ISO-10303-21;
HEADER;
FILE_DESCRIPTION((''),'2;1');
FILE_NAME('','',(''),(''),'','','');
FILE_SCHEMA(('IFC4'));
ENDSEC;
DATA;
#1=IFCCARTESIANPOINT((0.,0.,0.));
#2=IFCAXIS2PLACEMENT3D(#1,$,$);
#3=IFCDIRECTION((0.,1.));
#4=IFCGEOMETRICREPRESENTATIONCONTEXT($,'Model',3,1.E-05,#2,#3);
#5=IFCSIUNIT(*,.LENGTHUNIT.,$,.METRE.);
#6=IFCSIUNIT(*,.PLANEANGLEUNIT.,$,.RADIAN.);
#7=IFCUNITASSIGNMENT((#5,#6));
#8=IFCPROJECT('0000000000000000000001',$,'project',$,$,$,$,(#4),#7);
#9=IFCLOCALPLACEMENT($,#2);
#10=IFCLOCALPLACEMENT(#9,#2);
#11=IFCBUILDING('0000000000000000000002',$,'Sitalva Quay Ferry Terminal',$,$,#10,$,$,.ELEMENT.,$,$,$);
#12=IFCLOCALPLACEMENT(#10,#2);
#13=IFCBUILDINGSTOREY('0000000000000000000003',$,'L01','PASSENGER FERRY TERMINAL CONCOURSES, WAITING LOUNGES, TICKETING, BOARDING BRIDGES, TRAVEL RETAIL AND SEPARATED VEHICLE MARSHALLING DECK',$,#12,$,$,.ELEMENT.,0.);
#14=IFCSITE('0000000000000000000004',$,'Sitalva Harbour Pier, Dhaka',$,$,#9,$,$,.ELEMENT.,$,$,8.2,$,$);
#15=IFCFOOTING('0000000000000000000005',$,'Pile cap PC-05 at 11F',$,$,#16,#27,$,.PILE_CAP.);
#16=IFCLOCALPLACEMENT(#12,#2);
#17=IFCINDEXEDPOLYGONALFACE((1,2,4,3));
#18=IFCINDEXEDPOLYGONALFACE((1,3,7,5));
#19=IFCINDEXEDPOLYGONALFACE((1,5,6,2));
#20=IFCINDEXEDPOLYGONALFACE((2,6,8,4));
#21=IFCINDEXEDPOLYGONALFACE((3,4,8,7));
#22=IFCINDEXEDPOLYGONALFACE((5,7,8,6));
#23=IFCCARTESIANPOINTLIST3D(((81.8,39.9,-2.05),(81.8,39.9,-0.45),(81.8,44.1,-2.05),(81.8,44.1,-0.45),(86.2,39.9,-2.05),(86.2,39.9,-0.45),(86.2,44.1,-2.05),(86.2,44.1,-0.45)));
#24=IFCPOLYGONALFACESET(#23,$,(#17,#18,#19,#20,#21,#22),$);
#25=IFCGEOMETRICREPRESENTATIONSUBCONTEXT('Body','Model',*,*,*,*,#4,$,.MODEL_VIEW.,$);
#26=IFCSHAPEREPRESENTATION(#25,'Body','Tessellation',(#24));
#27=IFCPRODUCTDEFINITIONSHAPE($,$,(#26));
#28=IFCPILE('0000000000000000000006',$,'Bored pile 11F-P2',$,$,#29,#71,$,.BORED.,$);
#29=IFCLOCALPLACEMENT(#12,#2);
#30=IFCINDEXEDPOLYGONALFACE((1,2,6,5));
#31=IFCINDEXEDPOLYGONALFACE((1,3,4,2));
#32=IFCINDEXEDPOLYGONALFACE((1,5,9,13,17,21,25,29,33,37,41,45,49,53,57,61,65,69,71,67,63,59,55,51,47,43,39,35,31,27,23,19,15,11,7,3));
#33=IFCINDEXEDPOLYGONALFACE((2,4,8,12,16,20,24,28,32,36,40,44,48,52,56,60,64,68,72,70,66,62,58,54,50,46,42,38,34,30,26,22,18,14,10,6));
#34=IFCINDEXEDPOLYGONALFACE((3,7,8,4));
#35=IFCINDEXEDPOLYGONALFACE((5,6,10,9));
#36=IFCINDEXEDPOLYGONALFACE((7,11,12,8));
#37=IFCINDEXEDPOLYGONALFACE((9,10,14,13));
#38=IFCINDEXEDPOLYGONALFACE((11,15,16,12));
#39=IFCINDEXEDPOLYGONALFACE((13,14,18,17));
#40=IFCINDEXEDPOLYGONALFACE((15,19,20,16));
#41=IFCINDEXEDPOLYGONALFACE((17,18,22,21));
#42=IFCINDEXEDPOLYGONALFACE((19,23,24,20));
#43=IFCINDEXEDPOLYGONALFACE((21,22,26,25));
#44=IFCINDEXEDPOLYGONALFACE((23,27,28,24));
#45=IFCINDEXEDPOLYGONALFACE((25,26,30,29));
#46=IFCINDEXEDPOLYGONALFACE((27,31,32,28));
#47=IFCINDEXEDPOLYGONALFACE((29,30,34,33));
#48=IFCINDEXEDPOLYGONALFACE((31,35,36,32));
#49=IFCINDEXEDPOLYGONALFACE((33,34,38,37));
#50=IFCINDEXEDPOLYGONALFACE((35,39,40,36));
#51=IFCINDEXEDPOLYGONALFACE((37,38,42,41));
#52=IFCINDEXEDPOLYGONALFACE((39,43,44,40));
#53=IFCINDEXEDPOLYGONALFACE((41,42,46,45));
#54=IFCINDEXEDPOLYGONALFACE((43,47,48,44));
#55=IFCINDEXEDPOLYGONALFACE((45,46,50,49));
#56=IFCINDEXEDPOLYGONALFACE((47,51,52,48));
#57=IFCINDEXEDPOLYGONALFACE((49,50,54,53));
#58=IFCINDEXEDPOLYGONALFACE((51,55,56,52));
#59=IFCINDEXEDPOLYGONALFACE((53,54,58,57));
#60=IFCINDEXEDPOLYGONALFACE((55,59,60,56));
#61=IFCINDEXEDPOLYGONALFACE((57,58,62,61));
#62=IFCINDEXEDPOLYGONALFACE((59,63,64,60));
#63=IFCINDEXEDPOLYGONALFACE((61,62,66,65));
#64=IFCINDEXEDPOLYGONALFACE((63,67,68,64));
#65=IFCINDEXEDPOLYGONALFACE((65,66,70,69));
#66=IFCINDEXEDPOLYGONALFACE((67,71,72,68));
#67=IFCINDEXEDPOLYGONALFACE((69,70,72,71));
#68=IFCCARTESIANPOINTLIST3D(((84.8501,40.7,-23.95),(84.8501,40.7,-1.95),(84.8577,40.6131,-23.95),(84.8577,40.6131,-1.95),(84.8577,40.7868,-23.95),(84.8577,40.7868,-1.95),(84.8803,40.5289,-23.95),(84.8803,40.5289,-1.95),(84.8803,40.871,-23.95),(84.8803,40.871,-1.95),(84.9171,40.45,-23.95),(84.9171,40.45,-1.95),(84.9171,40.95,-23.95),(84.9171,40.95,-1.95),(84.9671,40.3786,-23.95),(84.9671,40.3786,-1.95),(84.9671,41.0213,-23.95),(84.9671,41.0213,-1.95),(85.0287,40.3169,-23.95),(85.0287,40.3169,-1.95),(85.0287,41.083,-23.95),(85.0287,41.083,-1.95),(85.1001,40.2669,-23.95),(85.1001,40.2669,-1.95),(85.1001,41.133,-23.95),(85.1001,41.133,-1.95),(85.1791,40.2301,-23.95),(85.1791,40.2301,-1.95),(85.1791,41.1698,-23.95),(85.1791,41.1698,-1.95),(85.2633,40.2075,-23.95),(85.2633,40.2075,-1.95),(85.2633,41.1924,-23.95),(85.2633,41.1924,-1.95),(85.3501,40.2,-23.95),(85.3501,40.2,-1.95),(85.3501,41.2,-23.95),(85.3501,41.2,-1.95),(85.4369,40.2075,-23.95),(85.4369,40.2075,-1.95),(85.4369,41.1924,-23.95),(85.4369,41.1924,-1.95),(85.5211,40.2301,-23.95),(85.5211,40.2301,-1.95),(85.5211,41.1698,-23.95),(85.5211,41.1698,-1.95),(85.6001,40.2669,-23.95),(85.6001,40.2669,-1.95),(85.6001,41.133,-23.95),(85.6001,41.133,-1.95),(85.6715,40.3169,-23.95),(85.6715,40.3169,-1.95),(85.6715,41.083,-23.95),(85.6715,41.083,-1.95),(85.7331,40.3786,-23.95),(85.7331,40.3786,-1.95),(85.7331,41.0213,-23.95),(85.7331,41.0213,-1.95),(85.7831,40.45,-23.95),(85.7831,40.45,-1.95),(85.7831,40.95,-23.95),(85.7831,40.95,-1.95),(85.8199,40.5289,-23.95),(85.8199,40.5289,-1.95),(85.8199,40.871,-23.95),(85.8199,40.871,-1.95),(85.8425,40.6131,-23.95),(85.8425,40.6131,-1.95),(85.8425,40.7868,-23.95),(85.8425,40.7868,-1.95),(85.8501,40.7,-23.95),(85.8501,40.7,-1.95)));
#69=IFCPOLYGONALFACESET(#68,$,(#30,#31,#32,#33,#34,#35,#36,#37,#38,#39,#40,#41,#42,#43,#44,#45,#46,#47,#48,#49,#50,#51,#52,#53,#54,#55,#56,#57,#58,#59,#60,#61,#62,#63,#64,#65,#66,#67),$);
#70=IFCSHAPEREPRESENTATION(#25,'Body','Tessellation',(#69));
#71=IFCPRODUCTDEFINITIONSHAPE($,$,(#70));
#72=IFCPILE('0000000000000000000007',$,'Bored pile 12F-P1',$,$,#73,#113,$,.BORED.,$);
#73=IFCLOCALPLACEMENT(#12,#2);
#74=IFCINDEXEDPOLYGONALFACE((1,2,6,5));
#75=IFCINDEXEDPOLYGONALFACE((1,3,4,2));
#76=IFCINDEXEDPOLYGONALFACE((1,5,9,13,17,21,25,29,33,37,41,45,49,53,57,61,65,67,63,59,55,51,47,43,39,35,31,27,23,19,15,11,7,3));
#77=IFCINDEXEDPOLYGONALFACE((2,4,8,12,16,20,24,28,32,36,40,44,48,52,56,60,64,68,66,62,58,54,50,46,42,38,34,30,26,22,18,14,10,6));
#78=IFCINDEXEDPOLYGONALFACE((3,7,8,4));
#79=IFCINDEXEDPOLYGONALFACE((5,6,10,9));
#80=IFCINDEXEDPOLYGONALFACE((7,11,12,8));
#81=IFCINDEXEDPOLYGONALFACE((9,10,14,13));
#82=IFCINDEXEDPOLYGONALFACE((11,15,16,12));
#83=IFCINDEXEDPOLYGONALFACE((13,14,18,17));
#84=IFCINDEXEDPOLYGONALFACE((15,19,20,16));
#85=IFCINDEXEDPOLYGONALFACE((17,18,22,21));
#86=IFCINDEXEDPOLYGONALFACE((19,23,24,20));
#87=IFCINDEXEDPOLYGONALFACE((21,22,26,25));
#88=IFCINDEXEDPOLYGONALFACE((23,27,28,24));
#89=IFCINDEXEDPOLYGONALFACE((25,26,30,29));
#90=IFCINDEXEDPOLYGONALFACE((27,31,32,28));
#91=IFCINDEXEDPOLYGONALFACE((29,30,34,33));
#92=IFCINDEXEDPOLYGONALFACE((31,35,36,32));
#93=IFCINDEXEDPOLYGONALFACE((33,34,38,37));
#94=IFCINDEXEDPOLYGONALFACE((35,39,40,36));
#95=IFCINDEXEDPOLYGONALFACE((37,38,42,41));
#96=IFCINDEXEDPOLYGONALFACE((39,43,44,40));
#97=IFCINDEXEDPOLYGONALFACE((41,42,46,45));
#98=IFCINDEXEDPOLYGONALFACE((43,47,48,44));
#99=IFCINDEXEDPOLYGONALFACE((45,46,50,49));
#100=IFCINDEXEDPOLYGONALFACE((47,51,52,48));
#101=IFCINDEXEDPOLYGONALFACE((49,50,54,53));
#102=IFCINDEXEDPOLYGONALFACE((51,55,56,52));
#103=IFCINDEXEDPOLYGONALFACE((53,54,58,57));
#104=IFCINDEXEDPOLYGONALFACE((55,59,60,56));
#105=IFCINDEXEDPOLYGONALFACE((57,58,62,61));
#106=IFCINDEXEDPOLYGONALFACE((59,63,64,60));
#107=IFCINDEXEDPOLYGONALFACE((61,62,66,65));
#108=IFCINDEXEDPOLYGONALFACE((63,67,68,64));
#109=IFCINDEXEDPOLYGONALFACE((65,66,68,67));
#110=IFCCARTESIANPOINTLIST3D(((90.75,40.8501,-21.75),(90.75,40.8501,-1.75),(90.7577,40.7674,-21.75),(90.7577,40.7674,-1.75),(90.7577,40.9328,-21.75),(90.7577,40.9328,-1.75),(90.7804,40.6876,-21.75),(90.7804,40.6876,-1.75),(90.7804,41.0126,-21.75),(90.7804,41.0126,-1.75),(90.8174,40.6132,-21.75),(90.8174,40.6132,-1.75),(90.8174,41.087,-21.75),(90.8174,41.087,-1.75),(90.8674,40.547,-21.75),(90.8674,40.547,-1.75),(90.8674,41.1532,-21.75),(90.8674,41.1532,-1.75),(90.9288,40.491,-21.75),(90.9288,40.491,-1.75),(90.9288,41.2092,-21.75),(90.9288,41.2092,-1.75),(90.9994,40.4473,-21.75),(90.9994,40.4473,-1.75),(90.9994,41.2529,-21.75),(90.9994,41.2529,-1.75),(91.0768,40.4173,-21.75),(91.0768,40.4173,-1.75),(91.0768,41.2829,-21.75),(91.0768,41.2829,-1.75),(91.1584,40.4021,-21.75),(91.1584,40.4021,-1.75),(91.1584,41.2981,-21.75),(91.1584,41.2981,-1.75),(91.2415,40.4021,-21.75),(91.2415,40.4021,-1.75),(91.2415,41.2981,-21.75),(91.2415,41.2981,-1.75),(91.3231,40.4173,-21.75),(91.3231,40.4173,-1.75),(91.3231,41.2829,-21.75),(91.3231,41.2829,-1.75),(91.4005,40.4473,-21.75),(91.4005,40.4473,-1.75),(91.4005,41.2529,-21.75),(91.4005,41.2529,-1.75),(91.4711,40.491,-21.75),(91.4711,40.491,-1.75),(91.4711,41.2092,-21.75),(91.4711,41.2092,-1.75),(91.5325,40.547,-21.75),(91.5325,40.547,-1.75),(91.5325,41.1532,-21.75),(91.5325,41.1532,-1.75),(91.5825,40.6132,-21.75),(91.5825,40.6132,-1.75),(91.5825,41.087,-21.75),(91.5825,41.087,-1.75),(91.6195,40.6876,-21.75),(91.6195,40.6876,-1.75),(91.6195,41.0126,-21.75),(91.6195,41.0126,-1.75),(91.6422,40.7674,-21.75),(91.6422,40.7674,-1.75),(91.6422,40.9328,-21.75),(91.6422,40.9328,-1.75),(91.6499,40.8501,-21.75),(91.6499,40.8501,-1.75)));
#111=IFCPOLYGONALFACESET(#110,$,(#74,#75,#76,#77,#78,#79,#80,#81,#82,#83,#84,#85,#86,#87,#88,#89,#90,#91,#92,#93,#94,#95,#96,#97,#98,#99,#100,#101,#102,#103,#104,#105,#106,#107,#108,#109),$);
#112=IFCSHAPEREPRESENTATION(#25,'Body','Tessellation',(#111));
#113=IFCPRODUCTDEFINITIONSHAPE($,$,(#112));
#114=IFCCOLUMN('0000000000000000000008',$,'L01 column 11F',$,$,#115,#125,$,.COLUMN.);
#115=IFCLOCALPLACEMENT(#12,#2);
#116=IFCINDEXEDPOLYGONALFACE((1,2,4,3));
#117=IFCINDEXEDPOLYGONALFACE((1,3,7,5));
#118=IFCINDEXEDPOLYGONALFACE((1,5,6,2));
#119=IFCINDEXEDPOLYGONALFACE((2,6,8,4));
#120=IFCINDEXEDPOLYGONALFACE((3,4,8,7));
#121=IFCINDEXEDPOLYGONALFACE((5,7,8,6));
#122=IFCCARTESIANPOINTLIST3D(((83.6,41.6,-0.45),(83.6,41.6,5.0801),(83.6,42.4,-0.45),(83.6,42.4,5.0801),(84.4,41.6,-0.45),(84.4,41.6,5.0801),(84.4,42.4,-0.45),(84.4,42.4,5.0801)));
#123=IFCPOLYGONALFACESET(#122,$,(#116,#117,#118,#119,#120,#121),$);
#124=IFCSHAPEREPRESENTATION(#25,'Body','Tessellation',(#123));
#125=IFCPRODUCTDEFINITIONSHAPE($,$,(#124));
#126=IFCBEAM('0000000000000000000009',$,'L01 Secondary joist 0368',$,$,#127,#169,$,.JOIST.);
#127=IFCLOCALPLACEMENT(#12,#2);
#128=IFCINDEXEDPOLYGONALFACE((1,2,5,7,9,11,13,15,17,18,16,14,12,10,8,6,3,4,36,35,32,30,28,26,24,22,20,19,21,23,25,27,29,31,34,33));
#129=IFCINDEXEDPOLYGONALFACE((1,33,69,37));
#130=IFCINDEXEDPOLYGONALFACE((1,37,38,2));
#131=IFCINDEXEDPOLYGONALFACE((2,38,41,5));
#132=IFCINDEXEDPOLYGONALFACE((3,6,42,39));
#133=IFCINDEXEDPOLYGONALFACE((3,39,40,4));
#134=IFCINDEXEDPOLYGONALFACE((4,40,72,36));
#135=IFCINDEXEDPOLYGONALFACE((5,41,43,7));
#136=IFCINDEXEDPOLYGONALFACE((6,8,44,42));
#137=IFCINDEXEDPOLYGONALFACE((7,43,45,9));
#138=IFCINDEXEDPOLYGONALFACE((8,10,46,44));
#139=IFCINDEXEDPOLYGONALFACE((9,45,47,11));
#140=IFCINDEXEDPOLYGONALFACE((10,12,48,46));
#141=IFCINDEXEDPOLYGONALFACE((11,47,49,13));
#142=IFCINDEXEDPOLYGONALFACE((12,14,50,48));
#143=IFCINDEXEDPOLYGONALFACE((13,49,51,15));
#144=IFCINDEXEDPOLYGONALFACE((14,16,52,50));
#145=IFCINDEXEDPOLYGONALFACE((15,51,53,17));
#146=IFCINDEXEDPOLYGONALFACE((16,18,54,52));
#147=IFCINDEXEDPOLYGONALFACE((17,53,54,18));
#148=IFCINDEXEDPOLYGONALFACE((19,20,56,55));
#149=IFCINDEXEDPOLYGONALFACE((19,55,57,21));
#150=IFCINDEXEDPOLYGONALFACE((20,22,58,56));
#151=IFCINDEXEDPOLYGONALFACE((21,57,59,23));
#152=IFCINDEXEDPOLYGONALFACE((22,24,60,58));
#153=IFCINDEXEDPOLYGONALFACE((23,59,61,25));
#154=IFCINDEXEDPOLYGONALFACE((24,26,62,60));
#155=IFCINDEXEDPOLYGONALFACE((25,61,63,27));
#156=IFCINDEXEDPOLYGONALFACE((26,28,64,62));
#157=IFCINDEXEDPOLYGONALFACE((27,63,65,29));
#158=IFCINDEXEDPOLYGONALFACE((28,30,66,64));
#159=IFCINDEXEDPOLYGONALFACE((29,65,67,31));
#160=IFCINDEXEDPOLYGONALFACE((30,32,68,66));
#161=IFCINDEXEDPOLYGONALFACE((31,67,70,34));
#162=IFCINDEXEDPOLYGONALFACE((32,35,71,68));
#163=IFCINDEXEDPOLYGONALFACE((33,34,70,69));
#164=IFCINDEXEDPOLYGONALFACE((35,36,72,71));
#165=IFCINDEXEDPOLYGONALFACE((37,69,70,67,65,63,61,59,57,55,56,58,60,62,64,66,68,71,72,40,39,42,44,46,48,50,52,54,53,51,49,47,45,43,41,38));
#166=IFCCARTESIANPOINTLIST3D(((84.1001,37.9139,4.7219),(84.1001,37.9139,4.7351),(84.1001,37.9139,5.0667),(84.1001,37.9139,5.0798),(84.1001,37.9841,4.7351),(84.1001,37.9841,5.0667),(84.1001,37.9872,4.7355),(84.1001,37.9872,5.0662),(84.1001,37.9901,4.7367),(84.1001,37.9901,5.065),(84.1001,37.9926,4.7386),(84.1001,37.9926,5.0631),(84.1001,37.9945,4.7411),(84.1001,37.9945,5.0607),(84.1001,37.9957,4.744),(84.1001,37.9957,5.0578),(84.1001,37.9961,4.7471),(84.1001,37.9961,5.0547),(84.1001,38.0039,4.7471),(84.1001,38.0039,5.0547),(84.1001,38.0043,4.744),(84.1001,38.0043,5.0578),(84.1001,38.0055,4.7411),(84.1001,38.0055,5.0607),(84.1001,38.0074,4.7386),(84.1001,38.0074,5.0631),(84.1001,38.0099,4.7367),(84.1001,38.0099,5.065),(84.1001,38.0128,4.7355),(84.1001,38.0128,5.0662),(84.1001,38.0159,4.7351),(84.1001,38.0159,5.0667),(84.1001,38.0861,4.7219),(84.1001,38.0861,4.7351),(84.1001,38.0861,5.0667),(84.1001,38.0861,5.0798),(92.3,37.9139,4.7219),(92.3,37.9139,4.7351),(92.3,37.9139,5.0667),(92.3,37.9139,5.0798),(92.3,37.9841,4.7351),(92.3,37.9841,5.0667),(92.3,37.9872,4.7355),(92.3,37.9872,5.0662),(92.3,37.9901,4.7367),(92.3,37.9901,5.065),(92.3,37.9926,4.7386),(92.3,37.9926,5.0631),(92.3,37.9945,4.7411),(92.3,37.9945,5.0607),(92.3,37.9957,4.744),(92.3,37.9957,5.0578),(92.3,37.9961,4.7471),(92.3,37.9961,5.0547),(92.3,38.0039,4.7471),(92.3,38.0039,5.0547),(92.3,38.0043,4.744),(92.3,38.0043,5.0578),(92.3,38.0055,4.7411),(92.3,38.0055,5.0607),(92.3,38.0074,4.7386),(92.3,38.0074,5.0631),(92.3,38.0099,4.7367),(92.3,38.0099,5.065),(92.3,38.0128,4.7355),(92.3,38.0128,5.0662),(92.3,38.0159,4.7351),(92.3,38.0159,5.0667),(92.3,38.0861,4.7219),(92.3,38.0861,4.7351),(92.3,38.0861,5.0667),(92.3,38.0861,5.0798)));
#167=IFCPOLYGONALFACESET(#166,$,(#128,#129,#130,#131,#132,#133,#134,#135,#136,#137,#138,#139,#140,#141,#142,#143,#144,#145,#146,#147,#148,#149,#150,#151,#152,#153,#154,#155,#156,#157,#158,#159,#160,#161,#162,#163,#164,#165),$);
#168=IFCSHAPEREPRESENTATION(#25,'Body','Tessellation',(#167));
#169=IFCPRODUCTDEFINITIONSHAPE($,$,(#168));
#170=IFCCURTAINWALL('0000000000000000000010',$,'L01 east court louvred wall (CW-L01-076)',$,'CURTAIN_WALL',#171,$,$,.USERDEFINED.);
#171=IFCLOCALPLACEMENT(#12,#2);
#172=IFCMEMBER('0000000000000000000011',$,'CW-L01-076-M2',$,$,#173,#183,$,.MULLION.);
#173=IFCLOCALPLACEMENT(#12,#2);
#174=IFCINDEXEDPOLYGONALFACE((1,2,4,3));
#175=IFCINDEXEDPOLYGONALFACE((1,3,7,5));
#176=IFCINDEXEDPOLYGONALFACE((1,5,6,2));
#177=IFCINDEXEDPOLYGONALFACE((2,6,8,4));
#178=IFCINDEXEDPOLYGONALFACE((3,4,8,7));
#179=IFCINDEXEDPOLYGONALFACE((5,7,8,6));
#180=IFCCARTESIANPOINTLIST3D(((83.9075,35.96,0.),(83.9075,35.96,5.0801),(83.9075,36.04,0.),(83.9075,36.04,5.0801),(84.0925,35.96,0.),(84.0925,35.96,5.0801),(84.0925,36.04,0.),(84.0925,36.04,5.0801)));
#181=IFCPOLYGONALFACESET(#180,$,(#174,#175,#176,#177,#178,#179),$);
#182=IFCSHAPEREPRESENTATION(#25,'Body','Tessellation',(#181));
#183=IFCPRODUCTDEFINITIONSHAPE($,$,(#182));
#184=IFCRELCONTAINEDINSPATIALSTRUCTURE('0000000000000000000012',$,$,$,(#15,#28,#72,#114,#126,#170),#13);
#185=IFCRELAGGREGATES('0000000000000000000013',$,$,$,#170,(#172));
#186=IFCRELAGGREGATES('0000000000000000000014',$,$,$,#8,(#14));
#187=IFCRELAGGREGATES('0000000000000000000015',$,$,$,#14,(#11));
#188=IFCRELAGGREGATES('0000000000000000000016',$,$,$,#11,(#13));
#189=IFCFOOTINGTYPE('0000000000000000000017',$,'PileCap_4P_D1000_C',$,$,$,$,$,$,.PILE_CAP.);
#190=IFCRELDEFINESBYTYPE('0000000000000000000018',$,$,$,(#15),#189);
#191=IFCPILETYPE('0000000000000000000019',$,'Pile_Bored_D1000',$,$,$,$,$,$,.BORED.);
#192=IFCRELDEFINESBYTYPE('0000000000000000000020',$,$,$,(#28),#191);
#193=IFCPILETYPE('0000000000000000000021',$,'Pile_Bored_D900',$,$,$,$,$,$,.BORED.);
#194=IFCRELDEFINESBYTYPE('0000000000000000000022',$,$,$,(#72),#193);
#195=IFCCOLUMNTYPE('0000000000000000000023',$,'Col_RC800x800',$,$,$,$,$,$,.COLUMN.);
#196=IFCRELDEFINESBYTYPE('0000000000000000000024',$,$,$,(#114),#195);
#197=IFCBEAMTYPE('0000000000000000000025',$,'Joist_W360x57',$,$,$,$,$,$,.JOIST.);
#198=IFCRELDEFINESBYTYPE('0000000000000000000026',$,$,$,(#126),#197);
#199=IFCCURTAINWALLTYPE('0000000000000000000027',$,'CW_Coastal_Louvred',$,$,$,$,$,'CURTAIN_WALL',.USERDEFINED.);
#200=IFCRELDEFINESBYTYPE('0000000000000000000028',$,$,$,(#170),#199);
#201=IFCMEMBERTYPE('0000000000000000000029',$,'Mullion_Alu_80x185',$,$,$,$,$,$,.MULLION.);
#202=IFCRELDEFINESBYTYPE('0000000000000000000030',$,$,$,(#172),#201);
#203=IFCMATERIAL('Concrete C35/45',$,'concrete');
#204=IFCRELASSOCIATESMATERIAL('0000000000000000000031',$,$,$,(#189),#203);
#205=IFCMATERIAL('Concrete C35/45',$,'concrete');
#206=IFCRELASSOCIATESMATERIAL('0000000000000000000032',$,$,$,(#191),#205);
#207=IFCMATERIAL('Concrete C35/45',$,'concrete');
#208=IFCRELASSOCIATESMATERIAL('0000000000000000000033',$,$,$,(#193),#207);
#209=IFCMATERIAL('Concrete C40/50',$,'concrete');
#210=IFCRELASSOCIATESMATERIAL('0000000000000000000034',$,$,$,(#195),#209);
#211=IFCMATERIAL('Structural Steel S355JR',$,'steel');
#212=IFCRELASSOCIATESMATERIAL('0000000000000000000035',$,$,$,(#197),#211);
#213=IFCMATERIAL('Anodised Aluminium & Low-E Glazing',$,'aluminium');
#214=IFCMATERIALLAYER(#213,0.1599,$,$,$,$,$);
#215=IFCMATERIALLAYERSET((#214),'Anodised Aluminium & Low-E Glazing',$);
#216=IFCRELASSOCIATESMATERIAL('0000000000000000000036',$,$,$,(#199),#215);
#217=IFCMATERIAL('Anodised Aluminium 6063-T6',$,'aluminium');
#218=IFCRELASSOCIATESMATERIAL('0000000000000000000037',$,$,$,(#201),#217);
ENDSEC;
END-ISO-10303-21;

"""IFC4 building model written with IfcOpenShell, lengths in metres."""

from ifc_helpers import new_model, si_unit, direction, frame, origin, origin_2d, place, context, subcontext, project, spatial, rectangle, circle, i_section, extrude, material, layer, layer_set, material_profile, profile_set, type_object, element, aggregate, save


model = new_model("IFC4")

# Units and contexts
model_context = context("Model", 3, precision=1e-05, world=origin(), true_north=direction((0.0, 1.0)))
body_context = subcontext(model_context, "Body", "Model", "MODEL_VIEW")
ifc_project = project(units=[si_unit("LENGTHUNIT", "METRE"), si_unit("PLANEANGLEUNIT", "RADIAN")], contexts=[model_context])

# Site, building, storey
site_placement = place(None, origin())
site = spatial("IfcSite", under=ifc_project, at=site_placement, Name="Sitalva Harbour Pier, Dhaka", CompositionType="ELEMENT", RefElevation=8.2)
building_placement = place(site_placement, origin())
building = spatial("IfcBuilding", under=site, at=building_placement, Name="Sitalva Quay Ferry Terminal", CompositionType="ELEMENT")
storey_placement = place(building_placement, origin())
storey = spatial("IfcBuildingStorey", under=building, at=storey_placement, Name="L01", Description="PASSENGER FERRY TERMINAL CONCOURSES, WAITING LOUNGES, TICKETING, BOARDING BRIDGES, TRAVEL RETAIL AND SEPARATED VEHICLE MARSHALLING DECK", CompositionType="ELEMENT", Elevation=0.0)

# Footing
ifc_material_1 = material(Name="Concrete C35/45", Category="concrete")
footing_type = type_object("IfcFootingType", Name="PileCap_4P_D1000_C", PredefinedType="PILE_CAP", material=ifc_material_1)
footing_placement = place(storey_placement, frame((84.0, 42.0, -2.05), z_axis=(0.0, 0.0, 1.0), x_axis=(1.0, 0.0, 0.0)))
element("IfcFooting", 1, at=footing_placement, inside=storey, type_object=footing_type, Name="Pile cap PC-05 at 11F", PredefinedType="PILE_CAP", context=body_context, shape_type="SweptSolid", body=[
    extrude(rectangle(XDim=4.3999, YDim=4.2, at=origin_2d()), origin(), (0.0, 0.0, 1.0), 1.6001),
])

# Piles
ifc_material_2 = material(Name="Concrete C35/45", Category="concrete")
ifc_material_profile_1 = material_profile(ifc_material_2, circle(Radius=0.5, at=origin_2d()), Name="PILE-D1000")
ifc_profile_set_1 = profile_set([ifc_material_profile_1], Name="Concrete C35/45")
pile_type_1 = type_object("IfcPileType", Name="Pile_Bored_D1000", PredefinedType="BORED", material=ifc_profile_set_1)
pile_1_placement = place(storey_placement, frame((85.3501, 40.7, -1.95), z_axis=(0.0, 0.0, -1.0), x_axis=(1.0, 0.0, 0.0)))
element("IfcPile", 2, at=pile_1_placement, inside=storey, type_object=pile_type_1, Name="Bored pile 11F-P2", PredefinedType="BORED", context=body_context, shape_type="SweptSolid", body=[
    extrude(circle(Radius=0.5, at=origin_2d()), origin(), (0.0, 0.0, 1.0), 22.0),
])
ifc_material_3 = material(Name="Concrete C35/45", Category="concrete")
ifc_material_profile_2 = material_profile(ifc_material_3, circle(Radius=0.45, at=origin_2d()), Name="PILE-D900")
ifc_profile_set_2 = profile_set([ifc_material_profile_2], Name="Concrete C35/45")
pile_type_2 = type_object("IfcPileType", Name="Pile_Bored_D900", PredefinedType="BORED", material=ifc_profile_set_2)
pile_2_placement = place(storey_placement, frame((91.2, 40.8501, -1.75), z_axis=(0.0, 0.0, -1.0), x_axis=(1.0, 0.0, 0.0)))
element("IfcPile", 3, at=pile_2_placement, inside=storey, type_object=pile_type_2, Name="Bored pile 12F-P1", PredefinedType="BORED", context=body_context, shape_type="SweptSolid", body=[
    extrude(circle(Radius=0.45, at=origin_2d()), origin(), (0.0, 0.0, 1.0), 20.0),
])

# Column
ifc_material_4 = material(Name="Concrete C40/50", Category="concrete")
ifc_material_profile_3 = material_profile(ifc_material_4, rectangle(XDim=0.8, YDim=0.8, at=origin_2d()), Name="RC800x800")
ifc_profile_set_3 = profile_set([ifc_material_profile_3], Name="Concrete C40/50")
column_type = type_object("IfcColumnType", Name="Col_RC800x800", PredefinedType="COLUMN", material=ifc_profile_set_3)
column_placement = place(storey_placement, frame((84.0, 42.0, -0.45), z_axis=(0.0, 0.0, 1.0), x_axis=(1.0, 0.0, 0.0)))
element("IfcColumn", 4, at=column_placement, inside=storey, type_object=column_type, Name="L01 column 11F", PredefinedType="COLUMN", context=body_context, shape_type="SweptSolid", body=[
    extrude(rectangle(XDim=0.8, YDim=0.8, at=origin_2d()), origin(), (0.0, 0.0, 1.0), 5.53),
])

# Beam
ifc_material_5 = material(Name="Structural Steel S355JR", Category="steel")
ifc_material_profile_4 = material_profile(ifc_material_5, i_section(OverallWidth=0.1721, OverallDepth=0.3579, WebThickness=0.0078, FlangeThickness=0.0132, FilletRadius=0.012, at=origin_2d()), Name="W360x57")
ifc_profile_set_4 = profile_set([ifc_material_profile_4], Name="Structural Steel S355JR")
beam_type_1 = type_object("IfcBeamType", Name="Joist_W360x57", PredefinedType="JOIST", material=ifc_profile_set_4)
beam_1_placement = place(storey_placement, frame((84.1001, 38.0, 4.9009), z_axis=(1.0, 0.0, 0.0), x_axis=(0.0, 1.0, 0.0)))
element("IfcBeam", 5, at=beam_1_placement, inside=storey, type_object=beam_type_1, Name="L01 Secondary joist 0368", PredefinedType="JOIST", context=body_context, shape_type="SweptSolid", body=[
    extrude(i_section(OverallWidth=0.1721, OverallDepth=0.3579, WebThickness=0.0078, FlangeThickness=0.0132, FilletRadius=0.012, at=origin_2d()), origin(), (0.0, 0.0, 1.0), 8.2),
])

# Curtain wall, member
ifc_material_6 = material(Name="Anodised Aluminium & Low-E Glazing", Category="aluminium")
ifc_layer_1 = layer(ifc_material_6, 0.1599)
ifc_layer_set_1 = layer_set([ifc_layer_1], Name="Anodised Aluminium & Low-E Glazing")
curtain_wall_type = type_object("IfcCurtainWallType", Name="CW_Coastal_Louvred", ElementType="CURTAIN_WALL", PredefinedType="USERDEFINED", material=ifc_layer_set_1)
curtain_wall_placement = place(storey_placement, origin())
curtain_wall = element("IfcCurtainWall", 6, at=curtain_wall_placement, inside=storey, type_object=curtain_wall_type, Name="L01 east court louvred wall (CW-L01-076)", ObjectType="CURTAIN_WALL", PredefinedType="USERDEFINED")
ifc_material_7 = material(Name="Anodised Aluminium 6063-T6", Category="aluminium")
ifc_material_profile_5 = material_profile(ifc_material_7, rectangle(XDim=0.0801, YDim=0.1851, at=origin_2d()), Name="ALU80x185")
ifc_profile_set_5 = profile_set([ifc_material_profile_5], Name="Anodised Aluminium 6063-T6")
member_type_1 = type_object("IfcMemberType", Name="Mullion_Alu_80x185", PredefinedType="MULLION", material=ifc_profile_set_5)
member_1_placement = place(storey_placement, frame((84.0, 36.0, 0.0), z_axis=(0.0, 0.0, 1.0), x_axis=(0.0, 1.0, 0.0)))
member_1 = element("IfcMember", 7, at=member_1_placement, type_object=member_type_1, Name="CW-L01-076-M2", PredefinedType="MULLION", context=body_context, shape_type="SweptSolid", body=[
    extrude(rectangle(XDim=0.0801, YDim=0.1851, at=origin_2d()), origin(), (0.0, 0.0, 1.0), 5.0801),
])

aggregate(curtain_wall, [member_1])

save(model, "model.ifc")
